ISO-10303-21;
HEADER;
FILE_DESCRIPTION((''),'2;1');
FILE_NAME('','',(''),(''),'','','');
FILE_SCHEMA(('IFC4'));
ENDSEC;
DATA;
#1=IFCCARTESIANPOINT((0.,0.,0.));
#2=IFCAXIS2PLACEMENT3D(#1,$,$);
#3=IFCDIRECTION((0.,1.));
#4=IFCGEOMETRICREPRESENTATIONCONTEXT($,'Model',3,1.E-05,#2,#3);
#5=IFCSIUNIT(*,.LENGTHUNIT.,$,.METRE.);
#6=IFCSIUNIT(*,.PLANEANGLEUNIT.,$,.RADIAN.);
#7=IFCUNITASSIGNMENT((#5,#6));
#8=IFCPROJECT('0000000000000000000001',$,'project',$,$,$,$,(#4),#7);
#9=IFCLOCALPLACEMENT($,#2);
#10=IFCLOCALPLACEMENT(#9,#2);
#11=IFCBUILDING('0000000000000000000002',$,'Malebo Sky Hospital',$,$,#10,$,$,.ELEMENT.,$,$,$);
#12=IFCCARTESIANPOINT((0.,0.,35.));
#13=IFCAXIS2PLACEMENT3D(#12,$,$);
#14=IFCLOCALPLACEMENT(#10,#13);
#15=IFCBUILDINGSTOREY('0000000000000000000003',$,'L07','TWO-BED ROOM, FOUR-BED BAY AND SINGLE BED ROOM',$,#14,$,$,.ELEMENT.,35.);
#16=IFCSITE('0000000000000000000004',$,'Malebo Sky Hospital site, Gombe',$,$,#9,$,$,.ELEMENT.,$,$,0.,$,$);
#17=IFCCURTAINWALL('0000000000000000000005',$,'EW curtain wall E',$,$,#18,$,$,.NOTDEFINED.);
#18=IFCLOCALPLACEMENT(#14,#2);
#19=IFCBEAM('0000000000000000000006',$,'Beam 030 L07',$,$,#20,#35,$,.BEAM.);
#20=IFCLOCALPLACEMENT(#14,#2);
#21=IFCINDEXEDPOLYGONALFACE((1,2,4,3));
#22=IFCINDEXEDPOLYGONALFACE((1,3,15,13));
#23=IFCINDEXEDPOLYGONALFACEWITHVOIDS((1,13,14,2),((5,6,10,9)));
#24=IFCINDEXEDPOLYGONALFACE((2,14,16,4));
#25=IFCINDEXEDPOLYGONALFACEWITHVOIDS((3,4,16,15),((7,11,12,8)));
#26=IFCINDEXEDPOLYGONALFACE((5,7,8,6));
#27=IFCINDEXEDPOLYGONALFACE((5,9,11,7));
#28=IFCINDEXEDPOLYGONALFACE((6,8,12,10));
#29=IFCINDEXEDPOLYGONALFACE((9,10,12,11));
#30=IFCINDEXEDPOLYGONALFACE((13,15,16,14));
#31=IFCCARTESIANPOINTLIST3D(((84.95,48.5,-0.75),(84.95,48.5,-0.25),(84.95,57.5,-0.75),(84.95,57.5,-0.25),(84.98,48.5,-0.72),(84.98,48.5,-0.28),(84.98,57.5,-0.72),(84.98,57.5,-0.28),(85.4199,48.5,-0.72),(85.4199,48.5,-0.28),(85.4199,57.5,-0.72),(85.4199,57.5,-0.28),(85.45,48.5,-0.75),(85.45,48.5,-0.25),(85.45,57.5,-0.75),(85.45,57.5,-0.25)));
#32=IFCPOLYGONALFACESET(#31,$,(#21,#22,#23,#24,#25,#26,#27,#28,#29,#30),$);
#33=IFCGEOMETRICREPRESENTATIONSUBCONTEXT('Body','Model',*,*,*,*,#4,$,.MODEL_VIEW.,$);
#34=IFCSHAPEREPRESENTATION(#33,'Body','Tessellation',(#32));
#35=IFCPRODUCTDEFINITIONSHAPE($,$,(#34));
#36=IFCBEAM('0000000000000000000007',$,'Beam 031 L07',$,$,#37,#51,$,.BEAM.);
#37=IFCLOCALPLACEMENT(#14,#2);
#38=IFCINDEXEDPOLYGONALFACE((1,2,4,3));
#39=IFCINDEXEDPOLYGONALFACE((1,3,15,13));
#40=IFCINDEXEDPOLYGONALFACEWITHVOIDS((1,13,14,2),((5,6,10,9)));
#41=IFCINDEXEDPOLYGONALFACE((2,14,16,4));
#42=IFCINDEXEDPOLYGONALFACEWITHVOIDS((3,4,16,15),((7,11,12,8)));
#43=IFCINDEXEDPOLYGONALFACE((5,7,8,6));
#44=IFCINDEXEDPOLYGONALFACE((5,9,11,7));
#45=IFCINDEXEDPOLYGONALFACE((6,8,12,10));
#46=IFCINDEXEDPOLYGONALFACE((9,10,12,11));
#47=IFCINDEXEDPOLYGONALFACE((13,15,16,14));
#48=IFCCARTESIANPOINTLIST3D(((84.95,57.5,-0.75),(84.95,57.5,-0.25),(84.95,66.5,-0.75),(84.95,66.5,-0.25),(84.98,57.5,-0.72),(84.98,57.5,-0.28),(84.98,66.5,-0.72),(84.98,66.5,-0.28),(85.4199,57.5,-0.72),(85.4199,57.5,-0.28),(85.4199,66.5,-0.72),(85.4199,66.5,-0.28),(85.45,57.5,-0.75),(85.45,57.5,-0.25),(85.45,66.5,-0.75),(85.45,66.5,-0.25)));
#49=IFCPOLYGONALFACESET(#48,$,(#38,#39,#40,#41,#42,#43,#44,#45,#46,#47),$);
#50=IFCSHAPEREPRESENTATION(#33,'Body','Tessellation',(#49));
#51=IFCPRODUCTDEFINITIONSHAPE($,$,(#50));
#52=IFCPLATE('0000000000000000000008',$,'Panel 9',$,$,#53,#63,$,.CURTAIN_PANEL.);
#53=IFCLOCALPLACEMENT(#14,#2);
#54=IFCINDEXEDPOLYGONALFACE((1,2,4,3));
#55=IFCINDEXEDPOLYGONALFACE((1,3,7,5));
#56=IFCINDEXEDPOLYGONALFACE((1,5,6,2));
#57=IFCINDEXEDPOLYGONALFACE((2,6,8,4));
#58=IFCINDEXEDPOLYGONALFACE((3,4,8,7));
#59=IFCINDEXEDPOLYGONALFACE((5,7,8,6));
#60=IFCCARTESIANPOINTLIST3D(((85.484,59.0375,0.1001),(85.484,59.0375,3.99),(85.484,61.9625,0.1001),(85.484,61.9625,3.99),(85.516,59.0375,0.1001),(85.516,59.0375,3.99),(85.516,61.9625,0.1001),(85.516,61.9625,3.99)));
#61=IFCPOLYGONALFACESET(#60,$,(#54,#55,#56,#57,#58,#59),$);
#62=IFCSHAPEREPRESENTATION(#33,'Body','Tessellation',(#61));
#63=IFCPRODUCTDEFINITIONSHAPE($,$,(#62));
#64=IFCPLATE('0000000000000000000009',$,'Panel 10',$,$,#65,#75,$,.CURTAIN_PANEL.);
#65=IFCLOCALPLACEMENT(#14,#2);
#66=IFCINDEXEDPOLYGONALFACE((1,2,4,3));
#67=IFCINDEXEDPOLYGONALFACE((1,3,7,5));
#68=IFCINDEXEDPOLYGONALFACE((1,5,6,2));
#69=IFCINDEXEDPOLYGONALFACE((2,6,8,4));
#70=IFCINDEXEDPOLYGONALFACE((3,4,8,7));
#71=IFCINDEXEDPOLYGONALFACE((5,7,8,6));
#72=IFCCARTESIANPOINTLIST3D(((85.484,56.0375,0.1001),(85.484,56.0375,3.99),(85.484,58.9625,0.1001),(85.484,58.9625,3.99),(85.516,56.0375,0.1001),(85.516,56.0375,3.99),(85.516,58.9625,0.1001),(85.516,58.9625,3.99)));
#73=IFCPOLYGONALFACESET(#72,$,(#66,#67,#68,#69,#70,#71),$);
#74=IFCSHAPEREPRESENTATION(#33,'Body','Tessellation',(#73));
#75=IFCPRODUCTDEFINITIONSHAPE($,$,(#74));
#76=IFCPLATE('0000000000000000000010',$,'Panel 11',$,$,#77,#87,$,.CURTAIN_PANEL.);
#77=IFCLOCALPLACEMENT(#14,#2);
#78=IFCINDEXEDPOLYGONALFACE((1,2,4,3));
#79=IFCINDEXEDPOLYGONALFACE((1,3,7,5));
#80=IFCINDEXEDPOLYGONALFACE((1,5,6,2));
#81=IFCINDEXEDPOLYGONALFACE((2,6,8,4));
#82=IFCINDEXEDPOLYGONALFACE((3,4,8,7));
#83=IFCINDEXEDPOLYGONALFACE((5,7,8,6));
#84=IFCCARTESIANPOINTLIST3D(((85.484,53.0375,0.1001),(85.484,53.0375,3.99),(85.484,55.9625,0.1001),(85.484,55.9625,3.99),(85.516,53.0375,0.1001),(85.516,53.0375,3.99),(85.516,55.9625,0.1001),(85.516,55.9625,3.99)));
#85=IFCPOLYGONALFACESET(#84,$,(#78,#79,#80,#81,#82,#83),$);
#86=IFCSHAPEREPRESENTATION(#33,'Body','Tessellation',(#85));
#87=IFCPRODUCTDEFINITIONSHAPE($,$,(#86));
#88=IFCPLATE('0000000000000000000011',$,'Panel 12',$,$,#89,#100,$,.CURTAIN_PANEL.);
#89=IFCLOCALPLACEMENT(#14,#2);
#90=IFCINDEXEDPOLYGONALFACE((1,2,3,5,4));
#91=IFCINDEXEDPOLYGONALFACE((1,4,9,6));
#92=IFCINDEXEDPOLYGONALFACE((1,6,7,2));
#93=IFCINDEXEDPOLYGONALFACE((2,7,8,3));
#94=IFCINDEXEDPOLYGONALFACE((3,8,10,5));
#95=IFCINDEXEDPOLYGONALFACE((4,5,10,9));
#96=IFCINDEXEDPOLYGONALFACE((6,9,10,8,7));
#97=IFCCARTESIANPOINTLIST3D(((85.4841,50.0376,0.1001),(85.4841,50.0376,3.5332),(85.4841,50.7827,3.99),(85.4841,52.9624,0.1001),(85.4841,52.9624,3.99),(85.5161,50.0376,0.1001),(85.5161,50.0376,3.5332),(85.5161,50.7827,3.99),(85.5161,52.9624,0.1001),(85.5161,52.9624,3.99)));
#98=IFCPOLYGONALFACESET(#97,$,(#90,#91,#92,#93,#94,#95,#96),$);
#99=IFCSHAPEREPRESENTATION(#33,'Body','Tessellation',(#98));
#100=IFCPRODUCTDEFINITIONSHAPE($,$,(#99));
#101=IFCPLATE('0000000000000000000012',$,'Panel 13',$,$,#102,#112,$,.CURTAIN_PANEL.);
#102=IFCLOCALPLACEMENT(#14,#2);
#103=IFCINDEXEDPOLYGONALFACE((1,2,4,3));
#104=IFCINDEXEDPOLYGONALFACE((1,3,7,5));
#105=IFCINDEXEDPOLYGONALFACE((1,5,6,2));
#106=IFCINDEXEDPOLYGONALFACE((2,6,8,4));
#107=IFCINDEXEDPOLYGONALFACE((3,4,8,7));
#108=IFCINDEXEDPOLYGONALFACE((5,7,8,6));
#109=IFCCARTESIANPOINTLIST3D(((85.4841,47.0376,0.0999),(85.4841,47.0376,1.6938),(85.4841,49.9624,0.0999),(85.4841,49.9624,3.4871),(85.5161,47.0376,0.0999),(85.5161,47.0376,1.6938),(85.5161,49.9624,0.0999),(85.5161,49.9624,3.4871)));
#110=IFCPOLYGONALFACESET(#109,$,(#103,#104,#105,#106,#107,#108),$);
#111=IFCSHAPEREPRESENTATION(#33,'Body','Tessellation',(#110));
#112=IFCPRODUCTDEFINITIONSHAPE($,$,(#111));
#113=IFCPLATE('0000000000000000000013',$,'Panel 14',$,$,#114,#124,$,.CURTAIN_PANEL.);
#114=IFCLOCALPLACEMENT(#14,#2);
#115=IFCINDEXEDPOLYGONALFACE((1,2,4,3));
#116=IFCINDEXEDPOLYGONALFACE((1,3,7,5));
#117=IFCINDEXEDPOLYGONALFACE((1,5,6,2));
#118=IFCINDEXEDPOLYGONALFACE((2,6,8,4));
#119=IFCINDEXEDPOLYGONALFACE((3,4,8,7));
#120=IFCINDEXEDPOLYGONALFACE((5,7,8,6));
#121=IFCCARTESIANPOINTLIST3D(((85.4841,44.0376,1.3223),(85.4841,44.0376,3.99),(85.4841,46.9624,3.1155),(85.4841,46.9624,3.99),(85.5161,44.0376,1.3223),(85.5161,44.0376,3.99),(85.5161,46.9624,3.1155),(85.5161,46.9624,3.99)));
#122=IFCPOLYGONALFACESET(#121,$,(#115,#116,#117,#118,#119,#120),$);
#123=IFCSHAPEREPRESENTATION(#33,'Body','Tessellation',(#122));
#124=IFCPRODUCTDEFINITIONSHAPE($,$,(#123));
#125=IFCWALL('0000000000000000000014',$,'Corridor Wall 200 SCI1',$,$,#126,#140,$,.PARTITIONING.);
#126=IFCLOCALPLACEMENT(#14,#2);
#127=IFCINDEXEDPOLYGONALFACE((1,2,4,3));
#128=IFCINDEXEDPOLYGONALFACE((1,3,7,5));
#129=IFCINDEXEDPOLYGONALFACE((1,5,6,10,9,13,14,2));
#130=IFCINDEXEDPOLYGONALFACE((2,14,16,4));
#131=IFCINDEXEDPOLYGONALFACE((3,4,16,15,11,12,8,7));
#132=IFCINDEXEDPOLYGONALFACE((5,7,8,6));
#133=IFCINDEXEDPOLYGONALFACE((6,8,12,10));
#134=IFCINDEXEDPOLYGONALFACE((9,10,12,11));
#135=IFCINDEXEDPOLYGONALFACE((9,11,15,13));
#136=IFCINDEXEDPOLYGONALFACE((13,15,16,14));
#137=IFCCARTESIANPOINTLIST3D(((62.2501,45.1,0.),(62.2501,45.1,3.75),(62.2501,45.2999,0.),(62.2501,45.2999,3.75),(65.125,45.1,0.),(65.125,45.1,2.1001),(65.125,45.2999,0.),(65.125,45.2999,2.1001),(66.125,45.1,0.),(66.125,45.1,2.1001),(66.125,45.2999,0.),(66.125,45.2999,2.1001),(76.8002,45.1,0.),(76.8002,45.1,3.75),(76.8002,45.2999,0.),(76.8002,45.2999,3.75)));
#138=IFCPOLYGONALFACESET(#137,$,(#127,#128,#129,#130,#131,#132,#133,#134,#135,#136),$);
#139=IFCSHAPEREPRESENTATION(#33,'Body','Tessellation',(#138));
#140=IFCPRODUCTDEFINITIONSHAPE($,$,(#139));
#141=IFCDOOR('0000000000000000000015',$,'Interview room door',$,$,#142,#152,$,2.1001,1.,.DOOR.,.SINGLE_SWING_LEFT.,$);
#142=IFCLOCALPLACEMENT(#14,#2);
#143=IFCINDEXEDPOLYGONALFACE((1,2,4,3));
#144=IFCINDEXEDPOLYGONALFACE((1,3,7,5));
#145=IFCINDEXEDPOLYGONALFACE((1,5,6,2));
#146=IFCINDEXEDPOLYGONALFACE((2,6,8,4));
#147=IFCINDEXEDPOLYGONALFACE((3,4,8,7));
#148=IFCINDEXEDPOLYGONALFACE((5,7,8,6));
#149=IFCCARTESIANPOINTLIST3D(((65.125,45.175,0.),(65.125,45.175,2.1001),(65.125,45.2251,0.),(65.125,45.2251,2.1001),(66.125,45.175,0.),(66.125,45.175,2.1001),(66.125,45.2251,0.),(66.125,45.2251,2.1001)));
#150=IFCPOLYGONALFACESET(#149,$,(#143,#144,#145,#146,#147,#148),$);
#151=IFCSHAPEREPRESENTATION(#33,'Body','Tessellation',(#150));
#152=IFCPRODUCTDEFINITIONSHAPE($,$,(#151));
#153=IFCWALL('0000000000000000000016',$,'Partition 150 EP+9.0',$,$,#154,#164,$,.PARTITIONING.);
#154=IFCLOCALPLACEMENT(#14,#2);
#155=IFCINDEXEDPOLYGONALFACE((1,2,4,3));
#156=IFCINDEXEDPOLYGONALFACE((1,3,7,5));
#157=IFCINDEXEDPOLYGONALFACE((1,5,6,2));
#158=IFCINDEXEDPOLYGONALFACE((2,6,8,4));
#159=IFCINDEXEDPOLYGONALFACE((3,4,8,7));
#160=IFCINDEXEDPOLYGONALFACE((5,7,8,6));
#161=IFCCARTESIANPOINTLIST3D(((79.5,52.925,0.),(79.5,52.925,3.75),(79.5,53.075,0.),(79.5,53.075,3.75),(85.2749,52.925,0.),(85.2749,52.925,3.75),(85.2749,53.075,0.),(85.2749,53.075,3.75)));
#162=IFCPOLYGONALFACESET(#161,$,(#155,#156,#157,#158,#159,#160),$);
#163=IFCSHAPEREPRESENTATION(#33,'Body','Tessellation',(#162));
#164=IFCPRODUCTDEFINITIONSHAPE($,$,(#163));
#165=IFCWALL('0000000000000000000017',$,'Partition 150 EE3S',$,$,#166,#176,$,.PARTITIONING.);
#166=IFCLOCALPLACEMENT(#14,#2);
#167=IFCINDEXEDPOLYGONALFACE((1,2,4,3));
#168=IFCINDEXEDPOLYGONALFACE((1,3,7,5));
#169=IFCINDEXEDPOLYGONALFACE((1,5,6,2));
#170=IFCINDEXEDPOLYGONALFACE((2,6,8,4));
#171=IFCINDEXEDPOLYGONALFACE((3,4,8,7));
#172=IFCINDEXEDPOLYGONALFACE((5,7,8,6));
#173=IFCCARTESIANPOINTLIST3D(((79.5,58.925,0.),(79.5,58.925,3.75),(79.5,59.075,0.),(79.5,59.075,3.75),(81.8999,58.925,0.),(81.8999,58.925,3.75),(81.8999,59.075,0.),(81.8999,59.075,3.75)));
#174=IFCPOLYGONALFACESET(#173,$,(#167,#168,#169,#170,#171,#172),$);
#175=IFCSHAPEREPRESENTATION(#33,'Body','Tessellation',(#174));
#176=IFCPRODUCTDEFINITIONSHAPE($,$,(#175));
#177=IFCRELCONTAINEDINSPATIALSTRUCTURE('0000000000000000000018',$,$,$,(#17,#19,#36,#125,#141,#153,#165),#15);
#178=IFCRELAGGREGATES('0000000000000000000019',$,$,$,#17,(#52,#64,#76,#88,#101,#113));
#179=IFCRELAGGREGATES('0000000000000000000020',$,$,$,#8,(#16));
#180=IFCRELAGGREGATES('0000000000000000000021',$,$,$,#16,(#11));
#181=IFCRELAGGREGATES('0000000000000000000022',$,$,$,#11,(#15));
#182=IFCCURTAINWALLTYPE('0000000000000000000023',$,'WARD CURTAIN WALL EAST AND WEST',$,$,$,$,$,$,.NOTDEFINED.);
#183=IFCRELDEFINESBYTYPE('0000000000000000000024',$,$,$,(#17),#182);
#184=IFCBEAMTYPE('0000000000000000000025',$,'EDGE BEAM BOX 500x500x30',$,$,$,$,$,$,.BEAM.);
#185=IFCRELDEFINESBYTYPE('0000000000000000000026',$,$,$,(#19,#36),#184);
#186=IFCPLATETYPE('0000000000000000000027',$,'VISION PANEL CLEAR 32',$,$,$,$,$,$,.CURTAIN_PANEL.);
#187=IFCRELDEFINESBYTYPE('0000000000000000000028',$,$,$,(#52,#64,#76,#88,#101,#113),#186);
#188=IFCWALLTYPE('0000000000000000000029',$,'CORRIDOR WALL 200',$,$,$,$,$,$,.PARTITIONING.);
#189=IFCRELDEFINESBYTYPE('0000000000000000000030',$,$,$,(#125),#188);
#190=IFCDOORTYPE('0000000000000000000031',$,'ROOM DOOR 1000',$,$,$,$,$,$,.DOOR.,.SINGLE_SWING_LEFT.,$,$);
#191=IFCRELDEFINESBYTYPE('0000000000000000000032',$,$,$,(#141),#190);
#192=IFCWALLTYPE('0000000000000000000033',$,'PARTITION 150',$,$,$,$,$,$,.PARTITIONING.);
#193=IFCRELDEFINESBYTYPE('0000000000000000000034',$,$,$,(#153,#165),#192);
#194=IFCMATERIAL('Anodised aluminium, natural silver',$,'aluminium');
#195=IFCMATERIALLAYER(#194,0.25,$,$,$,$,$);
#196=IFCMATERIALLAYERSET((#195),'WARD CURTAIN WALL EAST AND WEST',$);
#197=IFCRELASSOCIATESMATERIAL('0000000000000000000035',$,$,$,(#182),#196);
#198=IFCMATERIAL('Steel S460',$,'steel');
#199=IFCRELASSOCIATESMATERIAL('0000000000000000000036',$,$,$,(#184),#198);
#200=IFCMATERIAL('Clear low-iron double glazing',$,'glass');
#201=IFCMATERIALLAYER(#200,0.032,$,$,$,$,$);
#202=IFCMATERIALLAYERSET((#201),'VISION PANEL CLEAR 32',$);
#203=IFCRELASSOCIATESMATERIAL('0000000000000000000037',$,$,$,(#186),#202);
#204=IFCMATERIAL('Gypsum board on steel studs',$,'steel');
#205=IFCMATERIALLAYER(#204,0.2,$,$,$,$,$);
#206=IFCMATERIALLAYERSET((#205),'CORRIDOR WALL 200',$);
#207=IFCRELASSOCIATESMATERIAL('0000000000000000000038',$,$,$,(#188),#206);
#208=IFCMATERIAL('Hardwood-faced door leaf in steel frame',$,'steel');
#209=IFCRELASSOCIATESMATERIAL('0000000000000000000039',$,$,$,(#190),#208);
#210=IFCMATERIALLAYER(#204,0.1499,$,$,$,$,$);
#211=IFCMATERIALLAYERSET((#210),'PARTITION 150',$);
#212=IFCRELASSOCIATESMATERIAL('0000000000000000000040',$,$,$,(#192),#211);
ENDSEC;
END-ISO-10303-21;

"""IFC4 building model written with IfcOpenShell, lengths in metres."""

from ifc_helpers import new_model, si_unit, direction, frame, frame_2d, origin, origin_2d, place, context, subcontext, project, spatial, polyline, rectangle, hollow_rectangle, outline, extrude, material, layer, layer_set, material_profile, profile_set, type_object, element, fill, aggregate, save


model = new_model("IFC4")

# Units and contexts
model_context = context("Model", 3, precision=1e-05, world=origin(), true_north=direction((0.0, 1.0)))
body_context = subcontext(model_context, "Body", "Model", "MODEL_VIEW")
ifc_project = project(units=[si_unit("LENGTHUNIT", "METRE"), si_unit("PLANEANGLEUNIT", "RADIAN")], contexts=[model_context])

# Site, building, storey
site_placement = place(None, origin())
site = spatial("IfcSite", under=ifc_project, at=site_placement, Name="Malebo Sky Hospital site, Gombe", CompositionType="ELEMENT", RefElevation=0.0)
building_placement = place(site_placement, origin())
building = spatial("IfcBuilding", under=site, at=building_placement, Name="Malebo Sky Hospital", CompositionType="ELEMENT")
storey_placement = place(building_placement, frame((0.0, 0.0, 35.0)))
storey = spatial("IfcBuildingStorey", under=building, at=storey_placement, Name="L07", Description="TWO-BED ROOM, FOUR-BED BAY AND SINGLE BED ROOM", CompositionType="ELEMENT", Elevation=35.0)

# Shared definitions
ifc_material_1 = material(Name="Steel S460", Category="steel")

# Curtain wall
ifc_material_2 = material(Name="Anodised aluminium, natural silver", Category="aluminium")
ifc_layer_1 = layer(ifc_material_2, 0.25)
ifc_layer_set_1 = layer_set([ifc_layer_1], Name="WARD CURTAIN WALL EAST AND WEST")
curtain_wall_type = type_object("IfcCurtainWallType", Name="WARD CURTAIN WALL EAST AND WEST", PredefinedType="NOTDEFINED", material=ifc_layer_set_1)
curtain_wall_placement = place(storey_placement, origin())
curtain_wall = element("IfcCurtainWall", 1, at=curtain_wall_placement, inside=storey, type_object=curtain_wall_type, Name="EW curtain wall E", PredefinedType="NOTDEFINED")

# Beams
ifc_material_profile_1 = material_profile(ifc_material_1, hollow_rectangle(XDim=0.5, YDim=0.5, WallThickness=0.03, at=origin_2d()), Name="BOX 500x500x30")
ifc_profile_set_1 = profile_set([ifc_material_profile_1], Name="Steel S460")
beam_type = type_object("IfcBeamType", Name="EDGE BEAM BOX 500x500x30", PredefinedType="BEAM", material=ifc_profile_set_1)
for number, where, z_axis, x_axis, name in (
    (2, (85.2, 48.5, -0.5), (0.0, 1.0, 0.0), (-1.0, 0.0, 0.0), "Beam 030 L07"),
    (3, (85.2, 57.5, -0.5), (0.0, 1.0, 0.0), (-1.0, 0.0, 0.0), "Beam 031 L07"),
):
    element("IfcBeam", number, at=place(storey_placement, frame(where, z_axis=z_axis, x_axis=x_axis)), inside=storey, type_object=beam_type, Name=name, PredefinedType="BEAM", context=body_context, shape_type="SweptSolid", body=[
        extrude(hollow_rectangle(XDim=0.5, YDim=0.5, WallThickness=0.03, at=origin_2d()), origin(), (0.0, 0.0, 1.0), 9.0),
    ])

# Plates
ifc_material_3 = material(Name="Clear low-iron double glazing", Category="glass")
ifc_layer_2 = layer(ifc_material_3, 0.032)
ifc_layer_set_2 = layer_set([ifc_layer_2], Name="VISION PANEL CLEAR 32")
plate_type = type_object("IfcPlateType", Name="VISION PANEL CLEAR 32", PredefinedType="CURTAIN_PANEL", material=ifc_layer_set_2)
plate_1_placement = place(storey_placement, frame((85.5, 60.5, 0.1001), z_axis=(0.0, 0.0, 1.0), x_axis=(0.0, -1.0, 0.0)))
plate_1 = element("IfcPlate", 4, at=plate_1_placement, type_object=plate_type, Name="Panel 9", PredefinedType="CURTAIN_PANEL", context=body_context, shape_type="SweptSolid", body=[
    extrude(rectangle(XDim=2.925, YDim=0.032, at=origin_2d()), origin(), (0.0, 0.0, 1.0), 3.8899),
])
plate_2_placement = place(storey_placement, frame((85.5, 57.5, 0.1001), z_axis=(0.0, 0.0, 1.0), x_axis=(0.0, -1.0, 0.0)))
plate_2 = element("IfcPlate", 5, at=plate_2_placement, type_object=plate_type, Name="Panel 10", PredefinedType="CURTAIN_PANEL", context=body_context, shape_type="SweptSolid", body=[
    extrude(rectangle(XDim=2.925, YDim=0.032, at=origin_2d()), origin(), (0.0, 0.0, 1.0), 3.8899),
])
plate_3_placement = place(storey_placement, frame((85.5, 54.5, 0.1001), z_axis=(0.0, 0.0, 1.0), x_axis=(0.0, -1.0, 0.0)))
plate_3 = element("IfcPlate", 6, at=plate_3_placement, type_object=plate_type, Name="Panel 11", PredefinedType="CURTAIN_PANEL", context=body_context, shape_type="SweptSolid", body=[
    extrude(rectangle(XDim=2.925, YDim=0.032, at=origin_2d()), origin(), (0.0, 0.0, 1.0), 3.8899),
])
plate_4_placement = place(storey_placement, frame((85.5, 51.5, 0.1001), z_axis=(0.0, 0.0, 1.0), x_axis=(0.0, -1.0, 0.0)))
plate_4 = element("IfcPlate", 7, at=plate_4_placement, type_object=plate_type, Name="Panel 12", PredefinedType="CURTAIN_PANEL", context=body_context, shape_type="SweptSolid", body=[
    extrude(outline(polyline([(-1.4624, 0.0), (1.4624, 0.0), (1.4624, 3.4331), (0.7173, 3.8899), (-1.4624, 3.8899), (-1.4624, 0.0)])), frame((0.0, 0.0161, 0.0), z_axis=(0.0, -1.0, 0.0), x_axis=(1.0, 0.0, 0.0)), (0.0, 0.0, 1.0), 0.032),
])
plate_5_placement = place(storey_placement, frame((85.5, 48.5, 0.0999), z_axis=(0.0, 0.0, 1.0), x_axis=(0.0, -1.0, 0.0)))
plate_5 = element("IfcPlate", 8, at=plate_5_placement, type_object=plate_type, Name="Panel 13", PredefinedType="CURTAIN_PANEL", context=body_context, shape_type="SweptSolid", body=[
    extrude(outline(polyline([(-1.4624, 0.0), (1.4624, 0.0), (1.4624, 1.594), (-1.4624, 3.3872), (-1.4624, 0.0)])), frame((0.0, 0.0161, 0.0), z_axis=(0.0, -1.0, 0.0), x_axis=(1.0, 0.0, 0.0)), (0.0, 0.0, 1.0), 0.032),
])
plate_6_placement = place(storey_placement, frame((85.5, 45.5, 1.3223), z_axis=(0.0, 0.0, 1.0), x_axis=(0.0, -1.0, 0.0)))
plate_6 = element("IfcPlate", 9, at=plate_6_placement, type_object=plate_type, Name="Panel 14", PredefinedType="CURTAIN_PANEL", context=body_context, shape_type="SweptSolid", body=[
    extrude(outline(polyline([(1.4624, 0.0), (1.4624, 2.6677), (-1.4624, 2.6677), (-1.4624, 1.7932), (1.4624, 0.0)])), frame((0.0, 0.0161, 0.0), z_axis=(0.0, -1.0, 0.0), x_axis=(1.0, 0.0, 0.0)), (0.0, 0.0, 1.0), 0.032),
])
aggregate(curtain_wall, [plate_1, plate_2, plate_3, plate_4, plate_5, plate_6])

# Wall, opening, door
ifc_material_4 = material(Name="Gypsum board on steel studs", Category="steel")
ifc_layer_3 = layer(ifc_material_4, 0.2)
ifc_layer_set_3 = layer_set([ifc_layer_3], Name="CORRIDOR WALL 200")
wall_type_1 = type_object("IfcWallType", Name="CORRIDOR WALL 200", PredefinedType="PARTITIONING", material=ifc_layer_set_3)
wall_1_placement = place(storey_placement, frame((76.8, 45.2, 0.0), z_axis=(0.0, 0.0, 1.0), x_axis=(-1.0, 0.0, 0.0)))
wall_1 = element("IfcWall", 10, at=wall_1_placement, inside=storey, type_object=wall_type_1, Name="Corridor Wall 200 SCI1", PredefinedType="PARTITIONING", context=body_context, shape_type="SweptSolid", body=[
    extrude(rectangle(XDim=14.55, YDim=0.2, at=frame_2d((7.2749, 0.0))), origin(), (0.0, 0.0, 1.0), 3.75),
])
opening_1_placement = place(wall_1_placement, frame((10.675, 0.0, 0.0)))
opening_1 = element("IfcOpeningElement", 11, at=opening_1_placement, cuts=wall_1, PredefinedType="OPENING", context=body_context, shape_type="SweptSolid", body=[
    extrude(rectangle(XDim=1.0, YDim=2.1001, at=frame_2d((0.5, 1.05))), frame((0.0, 0.1099, 0.0), z_axis=(0.0, -1.0, 0.0), x_axis=(1.0, 0.0, 0.0)), (0.0, 0.0, 1.0), 0.22),
])
ifc_material_5 = material(Name="Hardwood-faced door leaf in steel frame", Category="steel")
door_type_1 = type_object("IfcDoorType", Name="ROOM DOOR 1000", OperationType="SINGLE_SWING_LEFT", PredefinedType="DOOR", material=ifc_material_5)
door_1_placement = place(opening_1_placement, origin())
door_1 = element("IfcDoor", 12, at=door_1_placement, inside=storey, type_object=door_type_1, Name="Interview room door", OperationType="SINGLE_SWING_LEFT", OverallHeight=2.1001, OverallWidth=1.0, PredefinedType="DOOR", context=body_context, shape_type="SweptSolid", body=[
    extrude(rectangle(XDim=1.0, YDim=2.1001, at=frame_2d((0.5, 1.05))), frame((0.0, 0.0249, 0.0), z_axis=(0.0, -1.0, 0.0), x_axis=(1.0, 0.0, 0.0)), (0.0, 0.0, 1.0), 0.05),
])
fill(opening_1, door_1)

# Walls
ifc_layer_4 = layer(ifc_material_4, 0.1499)
ifc_layer_set_4 = layer_set([ifc_layer_4], Name="PARTITION 150")
wall_type_2 = type_object("IfcWallType", Name="PARTITION 150", PredefinedType="PARTITIONING", material=ifc_layer_set_4)
wall_2_placement = place(storey_placement, frame((79.5, 53.0, 0.0), z_axis=(0.0, 0.0, 1.0), x_axis=(1.0, 0.0, 0.0)))
element("IfcWall", 13, at=wall_2_placement, inside=storey, type_object=wall_type_2, Name="Partition 150 EP+9.0", PredefinedType="PARTITIONING", context=body_context, shape_type="SweptSolid", body=[
    extrude(rectangle(XDim=5.7749, YDim=0.1499, at=frame_2d((2.8875, 0.0))), origin(), (0.0, 0.0, 1.0), 3.75),
])
wall_3_placement = place(storey_placement, frame((79.5, 59.0, 0.0), z_axis=(0.0, 0.0, 1.0), x_axis=(1.0, 0.0, 0.0)))
element("IfcWall", 14, at=wall_3_placement, inside=storey, type_object=wall_type_2, Name="Partition 150 EE3S", PredefinedType="PARTITIONING", context=body_context, shape_type="SweptSolid", body=[
    extrude(rectangle(XDim=2.3999, YDim=0.1499, at=frame_2d((1.2, 0.0))), origin(), (0.0, 0.0, 1.0), 3.75),
])

save(model, "model.ifc")
